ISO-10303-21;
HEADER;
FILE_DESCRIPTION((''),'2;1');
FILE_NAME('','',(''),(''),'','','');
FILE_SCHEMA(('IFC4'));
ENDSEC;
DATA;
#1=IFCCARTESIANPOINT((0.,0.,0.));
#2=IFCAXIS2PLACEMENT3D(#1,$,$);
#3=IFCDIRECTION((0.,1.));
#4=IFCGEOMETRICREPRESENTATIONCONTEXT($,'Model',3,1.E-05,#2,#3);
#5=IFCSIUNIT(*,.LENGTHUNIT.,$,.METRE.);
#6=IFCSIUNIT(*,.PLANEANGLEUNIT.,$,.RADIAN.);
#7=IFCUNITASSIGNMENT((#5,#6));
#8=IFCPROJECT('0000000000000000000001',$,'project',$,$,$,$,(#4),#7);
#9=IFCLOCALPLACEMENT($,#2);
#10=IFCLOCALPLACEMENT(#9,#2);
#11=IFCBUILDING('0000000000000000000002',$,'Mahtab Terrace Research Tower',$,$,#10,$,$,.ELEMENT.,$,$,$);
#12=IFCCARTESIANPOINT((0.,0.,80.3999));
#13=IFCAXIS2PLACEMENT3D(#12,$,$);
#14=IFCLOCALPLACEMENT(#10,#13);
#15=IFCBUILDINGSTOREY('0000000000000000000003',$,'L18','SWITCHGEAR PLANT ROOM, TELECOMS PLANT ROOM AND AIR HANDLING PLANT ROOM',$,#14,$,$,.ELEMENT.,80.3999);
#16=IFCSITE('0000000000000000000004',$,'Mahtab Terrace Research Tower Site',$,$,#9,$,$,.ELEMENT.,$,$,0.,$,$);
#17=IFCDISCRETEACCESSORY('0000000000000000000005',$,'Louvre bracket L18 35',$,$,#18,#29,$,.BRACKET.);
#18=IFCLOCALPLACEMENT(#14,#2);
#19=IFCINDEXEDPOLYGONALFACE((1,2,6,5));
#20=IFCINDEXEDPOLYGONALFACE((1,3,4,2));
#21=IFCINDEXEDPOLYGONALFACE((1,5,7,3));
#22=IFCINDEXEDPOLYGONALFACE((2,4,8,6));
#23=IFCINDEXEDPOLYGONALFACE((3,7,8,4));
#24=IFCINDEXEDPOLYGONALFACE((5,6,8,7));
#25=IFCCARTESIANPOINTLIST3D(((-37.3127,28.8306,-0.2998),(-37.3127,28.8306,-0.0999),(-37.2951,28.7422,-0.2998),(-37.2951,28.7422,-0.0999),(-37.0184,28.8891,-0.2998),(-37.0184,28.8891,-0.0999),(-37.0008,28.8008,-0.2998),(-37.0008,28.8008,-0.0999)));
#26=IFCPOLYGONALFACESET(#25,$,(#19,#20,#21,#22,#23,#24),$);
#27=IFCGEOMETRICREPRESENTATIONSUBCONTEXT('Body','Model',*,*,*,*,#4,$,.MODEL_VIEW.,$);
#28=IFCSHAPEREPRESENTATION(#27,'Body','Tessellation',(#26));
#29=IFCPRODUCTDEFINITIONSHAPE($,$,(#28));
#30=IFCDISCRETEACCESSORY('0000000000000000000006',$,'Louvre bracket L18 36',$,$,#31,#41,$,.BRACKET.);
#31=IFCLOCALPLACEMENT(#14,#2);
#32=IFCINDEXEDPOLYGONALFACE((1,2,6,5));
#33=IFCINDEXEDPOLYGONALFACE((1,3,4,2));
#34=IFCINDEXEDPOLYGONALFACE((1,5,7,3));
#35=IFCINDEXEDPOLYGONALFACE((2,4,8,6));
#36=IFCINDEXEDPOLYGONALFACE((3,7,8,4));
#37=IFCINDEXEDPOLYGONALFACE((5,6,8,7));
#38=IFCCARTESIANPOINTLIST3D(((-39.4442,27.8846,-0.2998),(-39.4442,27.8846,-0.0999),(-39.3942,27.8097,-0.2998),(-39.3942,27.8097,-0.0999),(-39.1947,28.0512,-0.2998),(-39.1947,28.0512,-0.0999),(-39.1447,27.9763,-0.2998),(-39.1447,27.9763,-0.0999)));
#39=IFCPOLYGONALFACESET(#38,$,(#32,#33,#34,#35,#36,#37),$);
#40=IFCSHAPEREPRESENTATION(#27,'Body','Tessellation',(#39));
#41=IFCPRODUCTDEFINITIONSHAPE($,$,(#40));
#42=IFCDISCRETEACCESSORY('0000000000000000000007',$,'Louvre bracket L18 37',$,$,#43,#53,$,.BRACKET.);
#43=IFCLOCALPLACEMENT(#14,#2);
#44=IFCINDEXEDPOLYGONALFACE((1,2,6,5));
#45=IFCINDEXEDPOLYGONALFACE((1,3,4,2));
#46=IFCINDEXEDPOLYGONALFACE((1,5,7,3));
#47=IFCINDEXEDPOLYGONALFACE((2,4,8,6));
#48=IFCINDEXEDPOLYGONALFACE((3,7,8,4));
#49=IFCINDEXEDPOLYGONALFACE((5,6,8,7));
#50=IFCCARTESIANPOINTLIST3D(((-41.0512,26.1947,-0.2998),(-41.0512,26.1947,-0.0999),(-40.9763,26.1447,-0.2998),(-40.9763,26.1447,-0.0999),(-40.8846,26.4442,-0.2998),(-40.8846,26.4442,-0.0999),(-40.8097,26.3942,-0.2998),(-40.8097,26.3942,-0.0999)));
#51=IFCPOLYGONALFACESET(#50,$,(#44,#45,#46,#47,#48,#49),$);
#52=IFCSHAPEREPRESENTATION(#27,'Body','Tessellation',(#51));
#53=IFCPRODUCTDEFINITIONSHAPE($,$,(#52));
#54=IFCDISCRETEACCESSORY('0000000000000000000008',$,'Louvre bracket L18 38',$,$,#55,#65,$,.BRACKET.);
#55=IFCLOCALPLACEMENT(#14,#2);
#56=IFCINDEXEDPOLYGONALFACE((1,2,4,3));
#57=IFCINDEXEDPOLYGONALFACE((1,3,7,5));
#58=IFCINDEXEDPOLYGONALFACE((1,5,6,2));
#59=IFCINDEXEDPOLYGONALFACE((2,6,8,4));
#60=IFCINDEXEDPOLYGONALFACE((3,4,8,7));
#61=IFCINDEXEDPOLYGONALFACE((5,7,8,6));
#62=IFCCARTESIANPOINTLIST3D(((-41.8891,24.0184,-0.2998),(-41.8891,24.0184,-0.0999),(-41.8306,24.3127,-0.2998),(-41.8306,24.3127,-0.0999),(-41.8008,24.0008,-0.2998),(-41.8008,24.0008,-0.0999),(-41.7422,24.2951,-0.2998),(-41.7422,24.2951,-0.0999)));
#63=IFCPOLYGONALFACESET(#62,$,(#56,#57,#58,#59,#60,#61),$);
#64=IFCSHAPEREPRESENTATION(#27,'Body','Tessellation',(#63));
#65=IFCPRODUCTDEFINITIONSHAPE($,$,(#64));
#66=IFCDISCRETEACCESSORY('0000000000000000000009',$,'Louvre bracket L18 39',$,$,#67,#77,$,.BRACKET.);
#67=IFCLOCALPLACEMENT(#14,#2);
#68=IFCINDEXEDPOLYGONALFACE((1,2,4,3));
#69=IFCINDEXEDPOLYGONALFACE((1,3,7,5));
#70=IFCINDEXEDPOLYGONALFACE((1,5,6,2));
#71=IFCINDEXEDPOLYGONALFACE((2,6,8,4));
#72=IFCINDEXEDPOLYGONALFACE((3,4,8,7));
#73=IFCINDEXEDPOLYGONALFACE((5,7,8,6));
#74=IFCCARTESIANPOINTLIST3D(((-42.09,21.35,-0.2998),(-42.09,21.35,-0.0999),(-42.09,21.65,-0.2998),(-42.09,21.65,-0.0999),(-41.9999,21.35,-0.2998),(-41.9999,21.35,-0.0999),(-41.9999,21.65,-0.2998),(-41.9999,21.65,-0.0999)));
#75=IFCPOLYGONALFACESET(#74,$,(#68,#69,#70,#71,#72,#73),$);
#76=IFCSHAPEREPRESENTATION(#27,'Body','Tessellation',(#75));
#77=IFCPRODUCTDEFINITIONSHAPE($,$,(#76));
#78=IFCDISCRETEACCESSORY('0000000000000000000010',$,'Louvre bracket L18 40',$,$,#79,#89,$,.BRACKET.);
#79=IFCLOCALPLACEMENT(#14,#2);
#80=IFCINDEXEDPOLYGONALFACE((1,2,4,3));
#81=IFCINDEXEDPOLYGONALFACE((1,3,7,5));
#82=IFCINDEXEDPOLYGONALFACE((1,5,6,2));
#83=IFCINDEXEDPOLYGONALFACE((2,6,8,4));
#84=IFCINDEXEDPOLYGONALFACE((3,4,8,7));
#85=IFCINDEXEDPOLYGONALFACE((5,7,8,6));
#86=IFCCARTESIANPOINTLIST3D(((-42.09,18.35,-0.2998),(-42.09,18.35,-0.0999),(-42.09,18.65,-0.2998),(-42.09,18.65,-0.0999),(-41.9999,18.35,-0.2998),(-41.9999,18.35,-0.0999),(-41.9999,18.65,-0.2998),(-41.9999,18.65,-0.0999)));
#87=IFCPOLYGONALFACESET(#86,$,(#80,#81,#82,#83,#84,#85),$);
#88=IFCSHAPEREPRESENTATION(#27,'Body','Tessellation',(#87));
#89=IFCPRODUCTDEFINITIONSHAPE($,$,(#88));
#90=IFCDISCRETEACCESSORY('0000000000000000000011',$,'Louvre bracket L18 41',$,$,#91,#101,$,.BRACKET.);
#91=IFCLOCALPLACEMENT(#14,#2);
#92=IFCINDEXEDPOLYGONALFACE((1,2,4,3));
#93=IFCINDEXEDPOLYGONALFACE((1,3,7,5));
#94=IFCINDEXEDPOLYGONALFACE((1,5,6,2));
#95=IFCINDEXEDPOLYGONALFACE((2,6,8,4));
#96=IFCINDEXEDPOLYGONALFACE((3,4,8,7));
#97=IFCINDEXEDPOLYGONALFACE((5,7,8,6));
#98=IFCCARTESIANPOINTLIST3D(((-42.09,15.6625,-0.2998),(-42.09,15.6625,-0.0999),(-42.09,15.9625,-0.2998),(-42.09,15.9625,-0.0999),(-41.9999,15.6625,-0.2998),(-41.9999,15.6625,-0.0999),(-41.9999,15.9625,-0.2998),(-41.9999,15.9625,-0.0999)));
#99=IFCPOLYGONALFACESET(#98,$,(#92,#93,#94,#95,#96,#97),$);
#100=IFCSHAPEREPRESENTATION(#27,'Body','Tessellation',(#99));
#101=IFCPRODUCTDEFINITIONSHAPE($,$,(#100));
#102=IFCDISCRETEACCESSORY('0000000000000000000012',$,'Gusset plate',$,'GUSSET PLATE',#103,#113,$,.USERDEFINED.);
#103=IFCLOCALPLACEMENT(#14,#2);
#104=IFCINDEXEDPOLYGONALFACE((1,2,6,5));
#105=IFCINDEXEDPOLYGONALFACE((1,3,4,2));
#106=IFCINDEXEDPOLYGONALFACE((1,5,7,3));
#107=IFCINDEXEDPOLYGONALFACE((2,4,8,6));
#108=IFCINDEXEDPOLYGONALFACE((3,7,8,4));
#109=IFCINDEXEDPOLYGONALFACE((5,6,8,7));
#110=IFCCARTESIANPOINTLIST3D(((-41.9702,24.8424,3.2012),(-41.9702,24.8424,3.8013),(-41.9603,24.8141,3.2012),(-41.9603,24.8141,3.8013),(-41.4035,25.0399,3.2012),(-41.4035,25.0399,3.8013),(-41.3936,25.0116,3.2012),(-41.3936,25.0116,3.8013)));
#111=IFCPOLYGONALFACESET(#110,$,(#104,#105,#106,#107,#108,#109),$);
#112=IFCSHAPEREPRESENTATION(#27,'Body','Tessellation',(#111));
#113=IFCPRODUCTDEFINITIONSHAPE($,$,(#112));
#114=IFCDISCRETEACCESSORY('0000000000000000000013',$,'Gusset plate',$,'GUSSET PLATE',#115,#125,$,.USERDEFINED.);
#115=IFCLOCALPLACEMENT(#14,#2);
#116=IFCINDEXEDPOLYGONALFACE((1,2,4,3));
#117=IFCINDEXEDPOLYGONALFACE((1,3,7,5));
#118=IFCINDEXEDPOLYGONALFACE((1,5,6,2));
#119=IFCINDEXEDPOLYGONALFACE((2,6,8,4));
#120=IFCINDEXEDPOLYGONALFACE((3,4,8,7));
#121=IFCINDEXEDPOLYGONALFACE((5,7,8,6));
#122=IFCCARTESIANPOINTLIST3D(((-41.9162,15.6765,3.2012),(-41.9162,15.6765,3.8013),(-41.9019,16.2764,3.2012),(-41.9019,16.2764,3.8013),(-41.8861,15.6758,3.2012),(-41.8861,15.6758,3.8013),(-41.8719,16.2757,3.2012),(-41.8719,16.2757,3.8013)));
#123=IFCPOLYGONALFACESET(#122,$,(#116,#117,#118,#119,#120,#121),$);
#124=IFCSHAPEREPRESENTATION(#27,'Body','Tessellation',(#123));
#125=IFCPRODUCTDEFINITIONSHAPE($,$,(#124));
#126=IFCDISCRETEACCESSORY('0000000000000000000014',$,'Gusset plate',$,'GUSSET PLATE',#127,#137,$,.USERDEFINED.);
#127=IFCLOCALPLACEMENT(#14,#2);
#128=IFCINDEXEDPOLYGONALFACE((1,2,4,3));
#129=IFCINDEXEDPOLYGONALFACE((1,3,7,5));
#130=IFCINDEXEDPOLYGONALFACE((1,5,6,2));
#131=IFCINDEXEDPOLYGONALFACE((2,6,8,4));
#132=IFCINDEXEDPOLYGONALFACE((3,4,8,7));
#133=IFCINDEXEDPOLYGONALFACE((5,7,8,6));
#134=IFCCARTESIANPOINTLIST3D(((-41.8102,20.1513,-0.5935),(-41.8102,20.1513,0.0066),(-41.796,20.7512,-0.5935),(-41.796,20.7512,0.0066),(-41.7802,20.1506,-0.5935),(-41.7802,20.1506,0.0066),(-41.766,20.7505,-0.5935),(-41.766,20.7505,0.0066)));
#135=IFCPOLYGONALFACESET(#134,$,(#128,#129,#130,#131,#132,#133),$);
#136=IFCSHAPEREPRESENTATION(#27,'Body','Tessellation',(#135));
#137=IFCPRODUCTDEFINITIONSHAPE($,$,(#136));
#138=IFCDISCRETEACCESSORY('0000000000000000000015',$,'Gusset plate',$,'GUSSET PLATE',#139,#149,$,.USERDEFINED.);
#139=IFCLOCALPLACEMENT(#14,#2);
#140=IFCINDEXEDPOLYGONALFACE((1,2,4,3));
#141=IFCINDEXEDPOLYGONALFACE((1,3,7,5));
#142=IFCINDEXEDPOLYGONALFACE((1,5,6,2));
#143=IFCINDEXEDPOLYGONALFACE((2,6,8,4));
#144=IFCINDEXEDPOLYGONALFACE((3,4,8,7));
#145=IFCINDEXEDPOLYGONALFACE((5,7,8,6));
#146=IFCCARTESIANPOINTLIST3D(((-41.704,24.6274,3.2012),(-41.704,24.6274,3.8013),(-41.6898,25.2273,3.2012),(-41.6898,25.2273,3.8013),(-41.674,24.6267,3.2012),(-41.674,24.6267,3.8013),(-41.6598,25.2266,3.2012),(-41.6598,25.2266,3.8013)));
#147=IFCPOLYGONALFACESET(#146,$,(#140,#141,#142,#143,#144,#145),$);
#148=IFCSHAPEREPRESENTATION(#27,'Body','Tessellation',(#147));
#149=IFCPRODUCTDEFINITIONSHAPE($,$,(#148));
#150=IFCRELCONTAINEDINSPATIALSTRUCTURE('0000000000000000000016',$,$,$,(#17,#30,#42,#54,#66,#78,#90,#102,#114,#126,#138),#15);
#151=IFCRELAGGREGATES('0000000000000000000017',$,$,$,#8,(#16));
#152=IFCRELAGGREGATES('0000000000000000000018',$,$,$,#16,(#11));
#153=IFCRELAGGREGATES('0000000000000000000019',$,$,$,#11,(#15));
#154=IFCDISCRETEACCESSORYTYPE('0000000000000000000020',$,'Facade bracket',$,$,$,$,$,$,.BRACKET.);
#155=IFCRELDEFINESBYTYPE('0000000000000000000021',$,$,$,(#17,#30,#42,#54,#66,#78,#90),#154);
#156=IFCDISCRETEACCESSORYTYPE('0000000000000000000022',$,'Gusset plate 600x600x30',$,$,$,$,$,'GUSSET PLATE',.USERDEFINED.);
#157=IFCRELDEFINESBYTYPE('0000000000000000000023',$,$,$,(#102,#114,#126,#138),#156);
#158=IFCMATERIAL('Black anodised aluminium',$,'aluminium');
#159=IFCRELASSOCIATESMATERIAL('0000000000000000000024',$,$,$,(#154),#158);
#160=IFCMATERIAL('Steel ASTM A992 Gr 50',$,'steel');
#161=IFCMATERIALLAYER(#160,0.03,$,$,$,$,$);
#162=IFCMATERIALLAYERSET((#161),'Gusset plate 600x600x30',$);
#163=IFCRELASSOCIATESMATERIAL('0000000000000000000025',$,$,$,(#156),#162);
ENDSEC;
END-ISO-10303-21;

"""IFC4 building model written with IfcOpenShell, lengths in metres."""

from ifc_helpers import new_model, si_unit, direction, frame, origin, origin_2d, place, context, subcontext, project, spatial, rectangle, extrude, material, layer, layer_set, type_object, element, save


model = new_model("IFC4")

# Units and contexts
model_context = context("Model", 3, precision=1e-05, world=origin(), true_north=direction((0.0, 1.0)))
body_context = subcontext(model_context, "Body", "Model", "MODEL_VIEW")
ifc_project = project(units=[si_unit("LENGTHUNIT", "METRE"), si_unit("PLANEANGLEUNIT", "RADIAN")], contexts=[model_context])

# Site, building, storey
site_placement = place(None, origin())
site = spatial("IfcSite", under=ifc_project, at=site_placement, Name="Mahtab Terrace Research Tower Site", CompositionType="ELEMENT", RefElevation=0.0)
building_placement = place(site_placement, origin())
building = spatial("IfcBuilding", under=site, at=building_placement, Name="Mahtab Terrace Research Tower", CompositionType="ELEMENT")
storey_placement = place(building_placement, frame((0.0, 0.0, 80.3999)))
storey = spatial("IfcBuildingStorey", under=building, at=storey_placement, Name="L18", Description="SWITCHGEAR PLANT ROOM, TELECOMS PLANT ROOM AND AIR HANDLING PLANT ROOM", CompositionType="ELEMENT", Elevation=80.3999)

# Shared definitions
ifc_material_1 = material(Name="Steel ASTM A992 Gr 50", Category="steel")

# Discrete accessories
ifc_material_2 = material(Name="Black anodised aluminium", Category="aluminium")
discrete_accessory_type_1 = type_object("IfcDiscreteAccessoryType", Name="Facade bracket", PredefinedType="BRACKET", material=ifc_material_2)
for number, where, z_axis, x_axis, name in (
    (1, (-37.1567, 28.8157, -0.2998), (0.0, 0.0, 1.0), (-0.980761, -0.195212, 0.0), "Louvre bracket L18 35"),
    (2, (-39.2944, 27.9304, -0.2998), (0.0, 0.0, 1.0), (-0.831656, -0.555291, 0.0), "Louvre bracket L18 36"),
    (3, (-40.9304, 26.2944, -0.2998), (0.0, 0.0, 1.0), (-0.555291, -0.831656, 0.0), "Louvre bracket L18 37"),
    (4, (-41.8157, 24.1567, -0.2998), (0.0, 0.0, 1.0), (-0.195212, -0.980761, 0.0), "Louvre bracket L18 38"),
    (5, (-42.0449, 21.5, -0.2998), (0.0, 0.0, 1.0), (0.0, -1.0, 0.0), "Louvre bracket L18 39"),
    (6, (-42.0449, 18.5, -0.2998), (0.0, 0.0, 1.0), (0.0, -1.0, 0.0), "Louvre bracket L18 40"),
    (7, (-42.0449, 15.8125, -0.2998), (0.0, 0.0, 1.0), (0.0, -1.0, 0.0), "Louvre bracket L18 41"),
):
    element("IfcDiscreteAccessory", number, at=place(storey_placement, frame(where, z_axis=z_axis, x_axis=x_axis)), inside=storey, type_object=discrete_accessory_type_1, Name=name, PredefinedType="BRACKET", context=body_context, shape_type="SweptSolid", body=[
        extrude(rectangle(XDim=0.3, YDim=0.0901, at=origin_2d()), origin(), (0.0, 0.0, 1.0), 0.2),
    ])
ifc_layer_1 = layer(ifc_material_1, 0.03)
ifc_layer_set_1 = layer_set([ifc_layer_1], Name="Gusset plate 600x600x30")
discrete_accessory_type_2 = type_object("IfcDiscreteAccessoryType", Name="Gusset plate 600x600x30", ElementType="GUSSET PLATE", PredefinedType="USERDEFINED", material=ifc_layer_set_1)
for number, where, z_axis, x_axis, name in (
    (8, (-41.6819, 24.927, 3.2012), (0.0, 0.0, 1.0), (0.944279, 0.329147, 0.0), "Gusset plate"),
    (9, (-41.894, 15.9761, 3.2012), (0.0, 0.0, 1.0), (0.023682, 0.99972, 0.0), "Gusset plate"),
    (10, (-41.7881, 20.4509, -0.5935), (0.0, 0.0, 1.0), (0.023682, 0.99972, 0.0), "Gusset plate"),
    (11, (-41.6819, 24.927, 3.2012), (0.0, 0.0, 1.0), (0.023682, 0.99972, 0.0), "Gusset plate"),
):
    element("IfcDiscreteAccessory", number, at=place(storey_placement, frame(where, z_axis=z_axis, x_axis=x_axis)), inside=storey, type_object=discrete_accessory_type_2, Name=name, ObjectType="GUSSET PLATE", PredefinedType="USERDEFINED", context=body_context, shape_type="SweptSolid", body=[
        extrude(rectangle(XDim=0.6001, YDim=0.03, at=origin_2d()), origin(), (0.0, 0.0, 1.0), 0.6001),
    ])

save(model, "model.ifc")
